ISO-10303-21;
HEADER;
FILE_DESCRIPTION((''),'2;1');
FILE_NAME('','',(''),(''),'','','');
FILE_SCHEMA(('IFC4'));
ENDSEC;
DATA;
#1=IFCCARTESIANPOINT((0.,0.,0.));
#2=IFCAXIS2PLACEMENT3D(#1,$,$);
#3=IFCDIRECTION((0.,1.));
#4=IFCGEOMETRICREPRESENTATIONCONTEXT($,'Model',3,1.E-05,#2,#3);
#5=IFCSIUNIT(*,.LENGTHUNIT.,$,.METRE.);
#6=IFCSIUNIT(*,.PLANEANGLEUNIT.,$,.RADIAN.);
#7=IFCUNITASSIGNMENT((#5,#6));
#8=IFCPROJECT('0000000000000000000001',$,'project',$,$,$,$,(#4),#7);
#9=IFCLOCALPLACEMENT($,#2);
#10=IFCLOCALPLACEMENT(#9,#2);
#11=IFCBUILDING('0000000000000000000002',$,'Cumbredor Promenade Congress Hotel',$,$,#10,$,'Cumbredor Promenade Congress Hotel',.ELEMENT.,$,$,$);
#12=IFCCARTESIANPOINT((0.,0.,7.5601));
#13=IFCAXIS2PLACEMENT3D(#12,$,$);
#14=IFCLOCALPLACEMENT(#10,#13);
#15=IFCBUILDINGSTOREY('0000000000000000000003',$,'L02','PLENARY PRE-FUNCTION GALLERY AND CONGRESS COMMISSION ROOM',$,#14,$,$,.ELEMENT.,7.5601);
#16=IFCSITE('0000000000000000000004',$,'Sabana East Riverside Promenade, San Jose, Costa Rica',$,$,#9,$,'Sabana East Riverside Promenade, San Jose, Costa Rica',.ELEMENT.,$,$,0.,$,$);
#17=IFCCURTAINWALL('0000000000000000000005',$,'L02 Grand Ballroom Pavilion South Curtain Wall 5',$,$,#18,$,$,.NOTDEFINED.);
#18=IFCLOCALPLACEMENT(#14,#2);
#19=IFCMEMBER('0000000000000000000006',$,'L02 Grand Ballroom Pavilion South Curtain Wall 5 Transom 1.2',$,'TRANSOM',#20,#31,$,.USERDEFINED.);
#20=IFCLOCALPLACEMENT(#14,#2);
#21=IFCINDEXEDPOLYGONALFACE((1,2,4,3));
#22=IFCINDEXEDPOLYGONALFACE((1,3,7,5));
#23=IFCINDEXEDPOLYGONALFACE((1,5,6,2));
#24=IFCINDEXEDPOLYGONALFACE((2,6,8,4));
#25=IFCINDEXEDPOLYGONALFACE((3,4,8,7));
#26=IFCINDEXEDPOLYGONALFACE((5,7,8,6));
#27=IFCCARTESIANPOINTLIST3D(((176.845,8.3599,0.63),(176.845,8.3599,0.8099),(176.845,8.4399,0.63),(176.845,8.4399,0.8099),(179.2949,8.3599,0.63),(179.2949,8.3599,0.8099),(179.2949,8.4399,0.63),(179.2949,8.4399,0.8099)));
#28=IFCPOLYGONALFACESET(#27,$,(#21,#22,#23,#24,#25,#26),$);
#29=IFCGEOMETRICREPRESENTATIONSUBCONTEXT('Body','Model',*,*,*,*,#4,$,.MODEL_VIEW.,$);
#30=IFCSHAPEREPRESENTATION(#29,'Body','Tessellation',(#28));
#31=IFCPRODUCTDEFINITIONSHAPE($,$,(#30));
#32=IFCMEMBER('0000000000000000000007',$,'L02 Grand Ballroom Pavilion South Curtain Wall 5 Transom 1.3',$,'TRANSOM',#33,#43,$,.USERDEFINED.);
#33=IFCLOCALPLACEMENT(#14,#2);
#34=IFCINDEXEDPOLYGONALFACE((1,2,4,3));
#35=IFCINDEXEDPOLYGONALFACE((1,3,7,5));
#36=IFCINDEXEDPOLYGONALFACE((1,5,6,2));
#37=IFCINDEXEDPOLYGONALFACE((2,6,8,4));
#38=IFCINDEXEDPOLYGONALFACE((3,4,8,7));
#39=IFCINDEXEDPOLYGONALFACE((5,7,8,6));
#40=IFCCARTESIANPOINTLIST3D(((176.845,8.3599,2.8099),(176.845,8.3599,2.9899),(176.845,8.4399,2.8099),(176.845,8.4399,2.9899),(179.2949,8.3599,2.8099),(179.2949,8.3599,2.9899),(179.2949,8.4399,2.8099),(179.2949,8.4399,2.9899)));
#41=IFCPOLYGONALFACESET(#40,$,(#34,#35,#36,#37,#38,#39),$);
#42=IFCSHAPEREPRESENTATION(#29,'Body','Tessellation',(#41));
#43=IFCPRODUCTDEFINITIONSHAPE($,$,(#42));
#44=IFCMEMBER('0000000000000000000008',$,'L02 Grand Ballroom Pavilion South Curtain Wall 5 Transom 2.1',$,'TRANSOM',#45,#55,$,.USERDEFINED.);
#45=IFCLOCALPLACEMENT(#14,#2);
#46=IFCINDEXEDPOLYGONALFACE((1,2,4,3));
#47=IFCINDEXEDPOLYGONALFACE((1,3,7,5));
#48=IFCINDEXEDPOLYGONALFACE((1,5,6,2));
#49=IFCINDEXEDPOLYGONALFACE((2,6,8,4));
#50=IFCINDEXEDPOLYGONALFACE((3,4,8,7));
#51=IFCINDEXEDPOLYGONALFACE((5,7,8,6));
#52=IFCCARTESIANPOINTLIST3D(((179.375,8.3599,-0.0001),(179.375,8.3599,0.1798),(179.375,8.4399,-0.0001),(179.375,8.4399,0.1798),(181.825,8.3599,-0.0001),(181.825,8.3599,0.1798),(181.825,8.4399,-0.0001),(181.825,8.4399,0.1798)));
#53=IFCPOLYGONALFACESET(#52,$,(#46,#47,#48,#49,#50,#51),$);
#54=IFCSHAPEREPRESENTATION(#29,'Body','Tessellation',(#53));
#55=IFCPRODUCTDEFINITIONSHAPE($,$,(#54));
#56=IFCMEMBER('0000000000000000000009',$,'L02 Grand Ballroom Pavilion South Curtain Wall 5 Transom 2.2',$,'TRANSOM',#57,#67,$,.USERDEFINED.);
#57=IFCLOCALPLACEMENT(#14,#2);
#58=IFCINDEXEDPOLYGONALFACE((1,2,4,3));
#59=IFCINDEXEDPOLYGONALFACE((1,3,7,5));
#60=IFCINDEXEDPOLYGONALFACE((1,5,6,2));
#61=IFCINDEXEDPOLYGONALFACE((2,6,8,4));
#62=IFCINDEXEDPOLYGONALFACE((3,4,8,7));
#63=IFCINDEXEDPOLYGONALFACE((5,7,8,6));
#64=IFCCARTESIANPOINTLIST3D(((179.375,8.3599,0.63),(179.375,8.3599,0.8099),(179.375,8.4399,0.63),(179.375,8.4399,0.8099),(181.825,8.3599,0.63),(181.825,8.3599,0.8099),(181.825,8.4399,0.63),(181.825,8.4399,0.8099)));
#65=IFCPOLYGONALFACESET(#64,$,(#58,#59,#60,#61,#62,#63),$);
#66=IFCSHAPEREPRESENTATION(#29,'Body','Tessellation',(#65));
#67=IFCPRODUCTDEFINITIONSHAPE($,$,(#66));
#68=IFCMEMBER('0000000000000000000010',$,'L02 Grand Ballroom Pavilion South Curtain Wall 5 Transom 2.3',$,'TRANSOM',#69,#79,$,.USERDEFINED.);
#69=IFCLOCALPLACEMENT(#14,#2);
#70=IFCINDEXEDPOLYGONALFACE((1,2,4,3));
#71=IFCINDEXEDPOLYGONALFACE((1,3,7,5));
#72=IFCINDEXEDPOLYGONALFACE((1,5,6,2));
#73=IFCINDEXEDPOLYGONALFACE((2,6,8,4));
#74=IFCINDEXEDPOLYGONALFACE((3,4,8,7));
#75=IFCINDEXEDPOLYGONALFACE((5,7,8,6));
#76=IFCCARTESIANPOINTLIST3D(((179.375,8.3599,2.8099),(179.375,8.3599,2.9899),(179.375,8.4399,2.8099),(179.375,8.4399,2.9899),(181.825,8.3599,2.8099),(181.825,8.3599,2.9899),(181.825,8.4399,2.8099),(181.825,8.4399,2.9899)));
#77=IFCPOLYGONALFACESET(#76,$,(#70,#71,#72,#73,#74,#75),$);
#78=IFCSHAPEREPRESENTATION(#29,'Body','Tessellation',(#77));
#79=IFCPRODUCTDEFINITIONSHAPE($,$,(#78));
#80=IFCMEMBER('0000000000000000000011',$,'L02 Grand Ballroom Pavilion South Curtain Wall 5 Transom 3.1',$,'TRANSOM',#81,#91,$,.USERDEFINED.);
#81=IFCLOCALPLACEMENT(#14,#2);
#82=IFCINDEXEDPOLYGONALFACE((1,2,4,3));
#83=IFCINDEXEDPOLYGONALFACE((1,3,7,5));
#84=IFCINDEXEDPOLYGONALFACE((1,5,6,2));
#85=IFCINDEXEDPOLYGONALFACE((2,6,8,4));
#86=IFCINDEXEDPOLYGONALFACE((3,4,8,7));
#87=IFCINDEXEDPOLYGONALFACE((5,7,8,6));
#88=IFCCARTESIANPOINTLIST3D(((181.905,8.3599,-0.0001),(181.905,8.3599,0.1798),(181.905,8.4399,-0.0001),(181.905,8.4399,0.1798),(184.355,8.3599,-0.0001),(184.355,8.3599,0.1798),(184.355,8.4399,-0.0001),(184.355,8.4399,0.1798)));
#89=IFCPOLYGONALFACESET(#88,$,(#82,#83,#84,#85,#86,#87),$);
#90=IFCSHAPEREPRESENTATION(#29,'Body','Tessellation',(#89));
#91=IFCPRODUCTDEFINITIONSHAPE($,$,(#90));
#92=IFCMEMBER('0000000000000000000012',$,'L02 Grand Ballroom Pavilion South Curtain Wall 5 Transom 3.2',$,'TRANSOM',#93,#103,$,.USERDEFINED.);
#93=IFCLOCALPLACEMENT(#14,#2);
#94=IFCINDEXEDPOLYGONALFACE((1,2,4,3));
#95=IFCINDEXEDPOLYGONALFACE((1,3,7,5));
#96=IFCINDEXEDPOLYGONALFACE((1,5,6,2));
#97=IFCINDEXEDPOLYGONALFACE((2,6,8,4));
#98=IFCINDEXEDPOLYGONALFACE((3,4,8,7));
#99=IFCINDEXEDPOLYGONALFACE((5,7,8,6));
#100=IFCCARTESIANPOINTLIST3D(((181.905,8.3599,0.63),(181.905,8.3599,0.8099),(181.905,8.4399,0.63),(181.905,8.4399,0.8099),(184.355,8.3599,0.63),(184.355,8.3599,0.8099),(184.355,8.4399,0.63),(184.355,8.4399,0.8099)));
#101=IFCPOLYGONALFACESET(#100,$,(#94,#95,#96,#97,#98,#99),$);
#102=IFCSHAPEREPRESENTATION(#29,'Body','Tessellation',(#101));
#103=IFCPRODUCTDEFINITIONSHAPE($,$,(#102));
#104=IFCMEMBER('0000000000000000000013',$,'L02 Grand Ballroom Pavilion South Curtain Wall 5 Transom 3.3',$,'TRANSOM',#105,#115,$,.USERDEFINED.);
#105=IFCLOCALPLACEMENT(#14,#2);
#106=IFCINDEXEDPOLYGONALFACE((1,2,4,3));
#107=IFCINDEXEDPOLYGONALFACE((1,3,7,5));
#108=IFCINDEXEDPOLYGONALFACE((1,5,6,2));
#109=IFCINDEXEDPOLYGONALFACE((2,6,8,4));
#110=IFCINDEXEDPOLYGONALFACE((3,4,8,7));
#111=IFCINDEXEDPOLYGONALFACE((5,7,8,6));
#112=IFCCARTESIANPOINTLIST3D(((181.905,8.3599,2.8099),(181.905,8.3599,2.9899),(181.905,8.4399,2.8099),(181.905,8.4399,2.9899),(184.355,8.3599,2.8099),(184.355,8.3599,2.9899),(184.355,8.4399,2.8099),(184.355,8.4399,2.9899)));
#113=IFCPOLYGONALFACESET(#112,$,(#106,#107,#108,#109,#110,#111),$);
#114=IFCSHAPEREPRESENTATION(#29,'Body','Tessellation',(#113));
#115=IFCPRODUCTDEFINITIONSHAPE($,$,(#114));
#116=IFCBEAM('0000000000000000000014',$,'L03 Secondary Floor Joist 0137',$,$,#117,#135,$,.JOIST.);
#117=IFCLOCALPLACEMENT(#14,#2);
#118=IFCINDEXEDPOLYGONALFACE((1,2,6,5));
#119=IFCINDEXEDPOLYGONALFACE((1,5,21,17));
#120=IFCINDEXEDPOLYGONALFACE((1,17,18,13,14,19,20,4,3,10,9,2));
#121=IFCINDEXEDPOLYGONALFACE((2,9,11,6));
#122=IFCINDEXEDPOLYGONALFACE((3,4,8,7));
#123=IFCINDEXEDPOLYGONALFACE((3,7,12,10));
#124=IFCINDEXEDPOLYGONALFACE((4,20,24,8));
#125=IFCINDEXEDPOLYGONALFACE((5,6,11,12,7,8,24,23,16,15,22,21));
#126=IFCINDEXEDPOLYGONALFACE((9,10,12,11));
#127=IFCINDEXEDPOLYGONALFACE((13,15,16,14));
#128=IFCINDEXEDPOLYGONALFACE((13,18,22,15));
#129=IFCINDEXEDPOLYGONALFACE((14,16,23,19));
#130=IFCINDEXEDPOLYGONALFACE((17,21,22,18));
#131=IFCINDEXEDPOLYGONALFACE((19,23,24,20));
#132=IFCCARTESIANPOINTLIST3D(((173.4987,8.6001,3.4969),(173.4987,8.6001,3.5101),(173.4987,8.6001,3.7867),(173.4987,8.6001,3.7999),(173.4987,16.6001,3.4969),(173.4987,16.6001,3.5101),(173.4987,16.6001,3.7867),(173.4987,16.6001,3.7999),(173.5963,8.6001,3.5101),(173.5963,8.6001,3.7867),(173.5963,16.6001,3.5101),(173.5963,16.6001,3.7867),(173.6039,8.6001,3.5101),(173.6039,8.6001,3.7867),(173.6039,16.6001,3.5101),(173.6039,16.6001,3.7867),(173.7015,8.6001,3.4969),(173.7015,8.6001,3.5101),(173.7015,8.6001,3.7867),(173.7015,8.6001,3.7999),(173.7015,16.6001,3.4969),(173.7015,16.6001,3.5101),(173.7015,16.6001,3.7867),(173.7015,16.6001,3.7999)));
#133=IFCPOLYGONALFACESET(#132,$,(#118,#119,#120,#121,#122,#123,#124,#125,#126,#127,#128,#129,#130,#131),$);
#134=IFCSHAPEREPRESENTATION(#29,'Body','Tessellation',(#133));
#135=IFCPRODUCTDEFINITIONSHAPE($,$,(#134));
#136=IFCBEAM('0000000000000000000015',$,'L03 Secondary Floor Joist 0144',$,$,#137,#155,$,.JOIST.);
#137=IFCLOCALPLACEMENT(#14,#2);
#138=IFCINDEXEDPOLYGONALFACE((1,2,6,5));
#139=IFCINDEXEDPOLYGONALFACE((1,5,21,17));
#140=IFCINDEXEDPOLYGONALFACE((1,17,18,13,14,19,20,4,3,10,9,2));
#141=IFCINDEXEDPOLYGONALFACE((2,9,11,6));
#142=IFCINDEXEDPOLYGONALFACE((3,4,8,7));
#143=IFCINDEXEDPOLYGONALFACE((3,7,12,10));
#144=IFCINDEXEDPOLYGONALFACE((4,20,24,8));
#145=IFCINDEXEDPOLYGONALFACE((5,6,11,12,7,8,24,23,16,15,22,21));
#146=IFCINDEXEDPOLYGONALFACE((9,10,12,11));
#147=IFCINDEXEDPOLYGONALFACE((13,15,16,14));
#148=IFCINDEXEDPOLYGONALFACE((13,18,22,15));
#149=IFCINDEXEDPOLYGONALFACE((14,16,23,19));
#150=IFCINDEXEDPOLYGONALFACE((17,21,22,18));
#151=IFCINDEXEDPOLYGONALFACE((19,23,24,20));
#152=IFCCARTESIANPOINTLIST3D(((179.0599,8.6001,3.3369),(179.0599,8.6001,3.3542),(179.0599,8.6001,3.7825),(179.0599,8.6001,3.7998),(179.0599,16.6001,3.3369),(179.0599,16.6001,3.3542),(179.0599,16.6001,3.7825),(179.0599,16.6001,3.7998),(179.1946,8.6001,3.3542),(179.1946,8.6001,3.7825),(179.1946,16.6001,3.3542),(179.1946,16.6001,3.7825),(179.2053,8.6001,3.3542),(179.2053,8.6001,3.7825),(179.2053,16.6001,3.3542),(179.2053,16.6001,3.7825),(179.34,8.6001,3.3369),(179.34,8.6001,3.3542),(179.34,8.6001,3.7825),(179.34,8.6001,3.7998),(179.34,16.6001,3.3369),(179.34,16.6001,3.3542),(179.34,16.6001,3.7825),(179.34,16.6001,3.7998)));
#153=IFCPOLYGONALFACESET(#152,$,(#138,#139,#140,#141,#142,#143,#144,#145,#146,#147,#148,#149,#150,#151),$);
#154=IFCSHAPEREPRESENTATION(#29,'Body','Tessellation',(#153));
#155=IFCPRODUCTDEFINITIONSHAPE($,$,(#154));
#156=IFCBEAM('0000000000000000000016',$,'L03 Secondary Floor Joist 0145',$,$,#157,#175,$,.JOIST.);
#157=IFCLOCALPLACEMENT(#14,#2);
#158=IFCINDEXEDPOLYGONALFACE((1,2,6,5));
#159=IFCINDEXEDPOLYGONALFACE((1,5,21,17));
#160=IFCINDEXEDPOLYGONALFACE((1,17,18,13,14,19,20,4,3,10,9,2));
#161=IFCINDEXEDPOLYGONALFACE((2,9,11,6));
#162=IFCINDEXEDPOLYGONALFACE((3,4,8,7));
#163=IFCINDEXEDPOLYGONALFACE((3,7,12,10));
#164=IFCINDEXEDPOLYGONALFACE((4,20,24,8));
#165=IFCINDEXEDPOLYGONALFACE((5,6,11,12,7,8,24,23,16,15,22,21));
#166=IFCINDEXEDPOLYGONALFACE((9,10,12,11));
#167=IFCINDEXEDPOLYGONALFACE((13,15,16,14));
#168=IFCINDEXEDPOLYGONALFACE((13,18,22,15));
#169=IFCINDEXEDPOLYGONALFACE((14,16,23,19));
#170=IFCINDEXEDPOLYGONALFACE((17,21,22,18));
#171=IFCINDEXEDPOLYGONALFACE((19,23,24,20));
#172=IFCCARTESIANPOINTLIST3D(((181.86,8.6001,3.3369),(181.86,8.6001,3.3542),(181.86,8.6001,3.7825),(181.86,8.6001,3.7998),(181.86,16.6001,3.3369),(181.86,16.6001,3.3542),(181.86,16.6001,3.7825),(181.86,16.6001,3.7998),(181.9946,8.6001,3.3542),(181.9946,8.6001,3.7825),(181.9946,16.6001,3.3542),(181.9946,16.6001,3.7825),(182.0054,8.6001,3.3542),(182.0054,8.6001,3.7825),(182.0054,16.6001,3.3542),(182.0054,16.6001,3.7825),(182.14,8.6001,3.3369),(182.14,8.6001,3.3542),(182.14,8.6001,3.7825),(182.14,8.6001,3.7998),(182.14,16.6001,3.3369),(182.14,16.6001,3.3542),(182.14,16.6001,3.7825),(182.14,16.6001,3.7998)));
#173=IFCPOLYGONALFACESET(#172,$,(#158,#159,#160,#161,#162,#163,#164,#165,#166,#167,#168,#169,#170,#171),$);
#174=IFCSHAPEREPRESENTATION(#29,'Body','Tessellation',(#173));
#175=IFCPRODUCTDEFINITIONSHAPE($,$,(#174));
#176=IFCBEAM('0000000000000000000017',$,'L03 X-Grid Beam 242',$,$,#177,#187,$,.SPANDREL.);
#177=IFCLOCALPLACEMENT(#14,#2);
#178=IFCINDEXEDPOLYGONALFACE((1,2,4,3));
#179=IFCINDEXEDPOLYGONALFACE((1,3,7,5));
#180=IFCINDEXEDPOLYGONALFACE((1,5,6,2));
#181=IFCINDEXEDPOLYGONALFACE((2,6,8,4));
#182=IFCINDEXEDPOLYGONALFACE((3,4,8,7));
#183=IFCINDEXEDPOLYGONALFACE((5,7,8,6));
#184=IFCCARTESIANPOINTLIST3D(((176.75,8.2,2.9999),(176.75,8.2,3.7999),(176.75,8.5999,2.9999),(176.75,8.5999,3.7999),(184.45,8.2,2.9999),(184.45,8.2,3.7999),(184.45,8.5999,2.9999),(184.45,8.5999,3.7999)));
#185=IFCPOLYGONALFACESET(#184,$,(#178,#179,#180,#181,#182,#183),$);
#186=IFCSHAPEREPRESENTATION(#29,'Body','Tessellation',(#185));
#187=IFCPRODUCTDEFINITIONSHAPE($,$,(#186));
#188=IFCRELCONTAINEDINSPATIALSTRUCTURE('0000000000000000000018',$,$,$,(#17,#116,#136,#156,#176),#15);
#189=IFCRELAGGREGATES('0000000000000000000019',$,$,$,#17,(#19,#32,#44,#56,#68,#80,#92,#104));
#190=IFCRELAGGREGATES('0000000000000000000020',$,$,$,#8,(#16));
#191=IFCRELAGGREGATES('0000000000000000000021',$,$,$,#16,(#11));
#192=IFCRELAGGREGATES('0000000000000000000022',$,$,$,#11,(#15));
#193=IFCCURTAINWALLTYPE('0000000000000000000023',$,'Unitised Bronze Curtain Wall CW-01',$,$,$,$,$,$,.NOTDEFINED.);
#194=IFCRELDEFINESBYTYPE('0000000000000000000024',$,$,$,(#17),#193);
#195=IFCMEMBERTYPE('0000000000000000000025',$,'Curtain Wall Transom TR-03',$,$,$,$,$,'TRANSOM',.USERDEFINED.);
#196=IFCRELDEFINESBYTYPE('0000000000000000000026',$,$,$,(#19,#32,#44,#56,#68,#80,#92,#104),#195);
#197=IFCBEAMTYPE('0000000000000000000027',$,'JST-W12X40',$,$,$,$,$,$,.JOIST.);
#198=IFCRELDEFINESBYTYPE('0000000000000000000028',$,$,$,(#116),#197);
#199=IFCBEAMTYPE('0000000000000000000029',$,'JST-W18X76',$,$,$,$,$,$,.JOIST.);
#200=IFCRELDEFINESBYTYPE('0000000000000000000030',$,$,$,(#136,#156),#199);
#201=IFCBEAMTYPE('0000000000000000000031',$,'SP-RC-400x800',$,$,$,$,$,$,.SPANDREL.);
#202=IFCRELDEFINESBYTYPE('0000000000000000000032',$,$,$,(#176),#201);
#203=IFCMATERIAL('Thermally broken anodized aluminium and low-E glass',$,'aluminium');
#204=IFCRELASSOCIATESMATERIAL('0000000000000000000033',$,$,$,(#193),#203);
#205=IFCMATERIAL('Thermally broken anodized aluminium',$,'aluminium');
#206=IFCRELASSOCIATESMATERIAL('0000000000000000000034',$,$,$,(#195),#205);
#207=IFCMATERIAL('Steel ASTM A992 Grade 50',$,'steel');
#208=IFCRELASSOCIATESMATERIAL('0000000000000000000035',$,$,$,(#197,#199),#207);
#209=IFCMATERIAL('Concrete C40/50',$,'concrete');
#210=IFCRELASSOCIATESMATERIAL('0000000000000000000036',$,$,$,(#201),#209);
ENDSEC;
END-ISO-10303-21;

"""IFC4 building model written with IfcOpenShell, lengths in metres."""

from ifc_helpers import new_model, si_unit, direction, frame, origin, origin_2d, place, context, subcontext, project, spatial, rectangle, i_section, extrude, material, material_profile, profile_set, type_object, element, aggregate, save


model = new_model("IFC4")

# Units and contexts
model_context = context("Model", 3, precision=1e-05, world=origin(), true_north=direction((0.0, 1.0)))
body_context = subcontext(model_context, "Body", "Model", "MODEL_VIEW")
ifc_project = project(units=[si_unit("LENGTHUNIT", "METRE"), si_unit("PLANEANGLEUNIT", "RADIAN")], contexts=[model_context])

# Site, building, storey
site_placement = place(None, origin())
site = spatial("IfcSite", under=ifc_project, at=site_placement, Name="Sabana East Riverside Promenade, San Jose, Costa Rica", LongName="Sabana East Riverside Promenade, San Jose, Costa Rica", CompositionType="ELEMENT", RefElevation=0.0)
building_placement = place(site_placement, origin())
building = spatial("IfcBuilding", under=site, at=building_placement, Name="Cumbredor Promenade Congress Hotel", LongName="Cumbredor Promenade Congress Hotel", CompositionType="ELEMENT")
storey_placement = place(building_placement, frame((0.0, 0.0, 7.5601)))
storey = spatial("IfcBuildingStorey", under=building, at=storey_placement, Name="L02", Description="PLENARY PRE-FUNCTION GALLERY AND CONGRESS COMMISSION ROOM", CompositionType="ELEMENT", Elevation=7.5601)

# Shared definitions
ifc_material_1 = material(Name="Concrete C40/50", Category="concrete")

# Shared definitions
ifc_material_2 = material(Name="Thermally broken anodized aluminium and low-E glass", Category="aluminium")
curtain_wall_type = type_object("IfcCurtainWallType", Name="Unitised Bronze Curtain Wall CW-01", PredefinedType="NOTDEFINED", material=ifc_material_2)
ifc_material_3 = material(Name="Thermally broken anodized aluminium", Category="aluminium")

# Curtain wall
curtain_wall_1_placement = place(storey_placement, origin())
curtain_wall_1 = element("IfcCurtainWall", 1, at=curtain_wall_1_placement, inside=storey, type_object=curtain_wall_type, Name="L02 Grand Ballroom Pavilion South Curtain Wall 5", PredefinedType="NOTDEFINED")

# Members
ifc_material_profile_1 = material_profile(ifc_material_3, rectangle(XDim=0.0801, YDim=0.1799, at=origin_2d()), Name="ALU TRANSOM 80x180")
ifc_profile_set_1 = profile_set([ifc_material_profile_1], Name="Thermally broken anodized aluminium")
member_type_1 = type_object("IfcMemberType", Name="Curtain Wall Transom TR-03", ElementType="TRANSOM", PredefinedType="USERDEFINED", material=ifc_profile_set_1)
member_1_placement = place(storey_placement, frame((176.845, 8.3999, 0.72), z_axis=(1.0, 0.0, 0.0), x_axis=(0.0, 1.0, 0.0)))
member_1 = element("IfcMember", 2, at=member_1_placement, type_object=member_type_1, Name="L02 Grand Ballroom Pavilion South Curtain Wall 5 Transom 1.2", ObjectType="TRANSOM", PredefinedType="USERDEFINED", context=body_context, shape_type="SweptSolid", body=[
    extrude(rectangle(XDim=0.0801, YDim=0.1799, at=origin_2d()), origin(), (0.0, 0.0, 1.0), 2.45),
])
member_2_placement = place(storey_placement, frame((176.845, 8.3999, 2.8999), z_axis=(1.0, 0.0, 0.0), x_axis=(0.0, 1.0, 0.0)))
member_2 = element("IfcMember", 3, at=member_2_placement, type_object=member_type_1, Name="L02 Grand Ballroom Pavilion South Curtain Wall 5 Transom 1.3", ObjectType="TRANSOM", PredefinedType="USERDEFINED", context=body_context, shape_type="SweptSolid", body=[
    extrude(rectangle(XDim=0.0801, YDim=0.1799, at=origin_2d()), origin(), (0.0, 0.0, 1.0), 2.45),
])
member_3_placement = place(storey_placement, frame((179.375, 8.3999, 0.0898), z_axis=(1.0, 0.0, 0.0), x_axis=(0.0, 1.0, 0.0)))
member_3 = element("IfcMember", 4, at=member_3_placement, type_object=member_type_1, Name="L02 Grand Ballroom Pavilion South Curtain Wall 5 Transom 2.1", ObjectType="TRANSOM", PredefinedType="USERDEFINED", context=body_context, shape_type="SweptSolid", body=[
    extrude(rectangle(XDim=0.0801, YDim=0.1799, at=origin_2d()), origin(), (0.0, 0.0, 1.0), 2.45),
])
member_4_placement = place(storey_placement, frame((179.375, 8.3999, 0.72), z_axis=(1.0, 0.0, 0.0), x_axis=(0.0, 1.0, 0.0)))
member_4 = element("IfcMember", 5, at=member_4_placement, type_object=member_type_1, Name="L02 Grand Ballroom Pavilion South Curtain Wall 5 Transom 2.2", ObjectType="TRANSOM", PredefinedType="USERDEFINED", context=body_context, shape_type="SweptSolid", body=[
    extrude(rectangle(XDim=0.0801, YDim=0.1799, at=origin_2d()), origin(), (0.0, 0.0, 1.0), 2.45),
])
member_5_placement = place(storey_placement, frame((179.375, 8.3999, 2.8999), z_axis=(1.0, 0.0, 0.0), x_axis=(0.0, 1.0, 0.0)))
member_5 = element("IfcMember", 6, at=member_5_placement, type_object=member_type_1, Name="L02 Grand Ballroom Pavilion South Curtain Wall 5 Transom 2.3", ObjectType="TRANSOM", PredefinedType="USERDEFINED", context=body_context, shape_type="SweptSolid", body=[
    extrude(rectangle(XDim=0.0801, YDim=0.1799, at=origin_2d()), origin(), (0.0, 0.0, 1.0), 2.45),
])
member_6_placement = place(storey_placement, frame((181.905, 8.3999, 0.0898), z_axis=(1.0, 0.0, 0.0), x_axis=(0.0, 1.0, 0.0)))
member_6 = element("IfcMember", 7, at=member_6_placement, type_object=member_type_1, Name="L02 Grand Ballroom Pavilion South Curtain Wall 5 Transom 3.1", ObjectType="TRANSOM", PredefinedType="USERDEFINED", context=body_context, shape_type="SweptSolid", body=[
    extrude(rectangle(XDim=0.0801, YDim=0.1799, at=origin_2d()), origin(), (0.0, 0.0, 1.0), 2.45),
])
member_7_placement = place(storey_placement, frame((181.905, 8.3999, 0.72), z_axis=(1.0, 0.0, 0.0), x_axis=(0.0, 1.0, 0.0)))
member_7 = element("IfcMember", 8, at=member_7_placement, type_object=member_type_1, Name="L02 Grand Ballroom Pavilion South Curtain Wall 5 Transom 3.2", ObjectType="TRANSOM", PredefinedType="USERDEFINED", context=body_context, shape_type="SweptSolid", body=[
    extrude(rectangle(XDim=0.0801, YDim=0.1799, at=origin_2d()), origin(), (0.0, 0.0, 1.0), 2.45),
])
member_8_placement = place(storey_placement, frame((181.905, 8.3999, 2.8999), z_axis=(1.0, 0.0, 0.0), x_axis=(0.0, 1.0, 0.0)))
member_8 = element("IfcMember", 9, at=member_8_placement, type_object=member_type_1, Name="L02 Grand Ballroom Pavilion South Curtain Wall 5 Transom 3.3", ObjectType="TRANSOM", PredefinedType="USERDEFINED", context=body_context, shape_type="SweptSolid", body=[
    extrude(rectangle(XDim=0.0801, YDim=0.1799, at=origin_2d()), origin(), (0.0, 0.0, 1.0), 2.45),
])

# Beams
ifc_material_4 = material(Name="Steel ASTM A992 Grade 50", Category="steel")
ifc_material_profile_2 = material_profile(ifc_material_4, i_section(OverallWidth=0.2029, OverallDepth=0.303, WebThickness=0.0076, FlangeThickness=0.0132, at=origin_2d()), Name="W12X40")
ifc_profile_set_2 = profile_set([ifc_material_profile_2], Name="Steel ASTM A992 Grade 50")
beam_type_1 = type_object("IfcBeamType", Name="JST-W12X40", PredefinedType="JOIST", material=ifc_profile_set_2)
beam_1_placement = place(storey_placement, frame((173.6001, 8.6001, 3.6484), z_axis=(0.0, 1.0, 0.0), x_axis=(-1.0, 0.0, 0.0)))
element("IfcBeam", 10, at=beam_1_placement, inside=storey, type_object=beam_type_1, Name="L03 Secondary Floor Joist 0137", PredefinedType="JOIST", context=body_context, shape_type="SweptSolid", body=[
    extrude(i_section(OverallWidth=0.2029, OverallDepth=0.303, WebThickness=0.0076, FlangeThickness=0.0132, at=origin_2d()), origin(), (0.0, 0.0, 1.0), 8.0),
])
ifc_material_profile_3 = material_profile(ifc_material_4, i_section(OverallWidth=0.28, OverallDepth=0.4629, WebThickness=0.0107, FlangeThickness=0.0173, at=origin_2d()), Name="W18X76")
ifc_profile_set_3 = profile_set([ifc_material_profile_3], Name="Steel ASTM A992 Grade 50")
beam_type_2 = type_object("IfcBeamType", Name="JST-W18X76", PredefinedType="JOIST", material=ifc_profile_set_3)
for number, where, z_axis, x_axis, name in (
    (11, (179.2, 8.6001, 3.5684), (0.0, 1.0, 0.0), (-1.0, 0.0, 0.0), "L03 Secondary Floor Joist 0144"),
    (12, (182.0, 8.6001, 3.5684), (0.0, 1.0, 0.0), (-1.0, 0.0, 0.0), "L03 Secondary Floor Joist 0145"),
):
    element("IfcBeam", number, at=place(storey_placement, frame(where, z_axis=z_axis, x_axis=x_axis)), inside=storey, type_object=beam_type_2, Name=name, PredefinedType="JOIST", context=body_context, shape_type="SweptSolid", body=[
        extrude(i_section(OverallWidth=0.28, OverallDepth=0.4629, WebThickness=0.0107, FlangeThickness=0.0173, at=origin_2d()), origin(), (0.0, 0.0, 1.0), 8.0),
    ])
ifc_material_profile_4 = material_profile(ifc_material_1, rectangle(XDim=0.3999, YDim=0.8, at=origin_2d()), Name="RC SPANDREL 400x800")
ifc_profile_set_4 = profile_set([ifc_material_profile_4], Name="Concrete C40/50")
beam_type_3 = type_object("IfcBeamType", Name="SP-RC-400x800", PredefinedType="SPANDREL", material=ifc_profile_set_4)
beam_2_placement = place(storey_placement, frame((176.75, 8.3999, 3.3999), z_axis=(1.0, 0.0, 0.0), x_axis=(0.0, 1.0, 0.0)))
element("IfcBeam", 13, at=beam_2_placement, inside=storey, type_object=beam_type_3, Name="L03 X-Grid Beam 242", PredefinedType="SPANDREL", context=body_context, shape_type="SweptSolid", body=[
    extrude(rectangle(XDim=0.3999, YDim=0.8, at=origin_2d()), origin(), (0.0, 0.0, 1.0), 7.7),
])

aggregate(curtain_wall_1, [member_1, member_2, member_3, member_4, member_5, member_6, member_7, member_8])

save(model, "model.ifc")
